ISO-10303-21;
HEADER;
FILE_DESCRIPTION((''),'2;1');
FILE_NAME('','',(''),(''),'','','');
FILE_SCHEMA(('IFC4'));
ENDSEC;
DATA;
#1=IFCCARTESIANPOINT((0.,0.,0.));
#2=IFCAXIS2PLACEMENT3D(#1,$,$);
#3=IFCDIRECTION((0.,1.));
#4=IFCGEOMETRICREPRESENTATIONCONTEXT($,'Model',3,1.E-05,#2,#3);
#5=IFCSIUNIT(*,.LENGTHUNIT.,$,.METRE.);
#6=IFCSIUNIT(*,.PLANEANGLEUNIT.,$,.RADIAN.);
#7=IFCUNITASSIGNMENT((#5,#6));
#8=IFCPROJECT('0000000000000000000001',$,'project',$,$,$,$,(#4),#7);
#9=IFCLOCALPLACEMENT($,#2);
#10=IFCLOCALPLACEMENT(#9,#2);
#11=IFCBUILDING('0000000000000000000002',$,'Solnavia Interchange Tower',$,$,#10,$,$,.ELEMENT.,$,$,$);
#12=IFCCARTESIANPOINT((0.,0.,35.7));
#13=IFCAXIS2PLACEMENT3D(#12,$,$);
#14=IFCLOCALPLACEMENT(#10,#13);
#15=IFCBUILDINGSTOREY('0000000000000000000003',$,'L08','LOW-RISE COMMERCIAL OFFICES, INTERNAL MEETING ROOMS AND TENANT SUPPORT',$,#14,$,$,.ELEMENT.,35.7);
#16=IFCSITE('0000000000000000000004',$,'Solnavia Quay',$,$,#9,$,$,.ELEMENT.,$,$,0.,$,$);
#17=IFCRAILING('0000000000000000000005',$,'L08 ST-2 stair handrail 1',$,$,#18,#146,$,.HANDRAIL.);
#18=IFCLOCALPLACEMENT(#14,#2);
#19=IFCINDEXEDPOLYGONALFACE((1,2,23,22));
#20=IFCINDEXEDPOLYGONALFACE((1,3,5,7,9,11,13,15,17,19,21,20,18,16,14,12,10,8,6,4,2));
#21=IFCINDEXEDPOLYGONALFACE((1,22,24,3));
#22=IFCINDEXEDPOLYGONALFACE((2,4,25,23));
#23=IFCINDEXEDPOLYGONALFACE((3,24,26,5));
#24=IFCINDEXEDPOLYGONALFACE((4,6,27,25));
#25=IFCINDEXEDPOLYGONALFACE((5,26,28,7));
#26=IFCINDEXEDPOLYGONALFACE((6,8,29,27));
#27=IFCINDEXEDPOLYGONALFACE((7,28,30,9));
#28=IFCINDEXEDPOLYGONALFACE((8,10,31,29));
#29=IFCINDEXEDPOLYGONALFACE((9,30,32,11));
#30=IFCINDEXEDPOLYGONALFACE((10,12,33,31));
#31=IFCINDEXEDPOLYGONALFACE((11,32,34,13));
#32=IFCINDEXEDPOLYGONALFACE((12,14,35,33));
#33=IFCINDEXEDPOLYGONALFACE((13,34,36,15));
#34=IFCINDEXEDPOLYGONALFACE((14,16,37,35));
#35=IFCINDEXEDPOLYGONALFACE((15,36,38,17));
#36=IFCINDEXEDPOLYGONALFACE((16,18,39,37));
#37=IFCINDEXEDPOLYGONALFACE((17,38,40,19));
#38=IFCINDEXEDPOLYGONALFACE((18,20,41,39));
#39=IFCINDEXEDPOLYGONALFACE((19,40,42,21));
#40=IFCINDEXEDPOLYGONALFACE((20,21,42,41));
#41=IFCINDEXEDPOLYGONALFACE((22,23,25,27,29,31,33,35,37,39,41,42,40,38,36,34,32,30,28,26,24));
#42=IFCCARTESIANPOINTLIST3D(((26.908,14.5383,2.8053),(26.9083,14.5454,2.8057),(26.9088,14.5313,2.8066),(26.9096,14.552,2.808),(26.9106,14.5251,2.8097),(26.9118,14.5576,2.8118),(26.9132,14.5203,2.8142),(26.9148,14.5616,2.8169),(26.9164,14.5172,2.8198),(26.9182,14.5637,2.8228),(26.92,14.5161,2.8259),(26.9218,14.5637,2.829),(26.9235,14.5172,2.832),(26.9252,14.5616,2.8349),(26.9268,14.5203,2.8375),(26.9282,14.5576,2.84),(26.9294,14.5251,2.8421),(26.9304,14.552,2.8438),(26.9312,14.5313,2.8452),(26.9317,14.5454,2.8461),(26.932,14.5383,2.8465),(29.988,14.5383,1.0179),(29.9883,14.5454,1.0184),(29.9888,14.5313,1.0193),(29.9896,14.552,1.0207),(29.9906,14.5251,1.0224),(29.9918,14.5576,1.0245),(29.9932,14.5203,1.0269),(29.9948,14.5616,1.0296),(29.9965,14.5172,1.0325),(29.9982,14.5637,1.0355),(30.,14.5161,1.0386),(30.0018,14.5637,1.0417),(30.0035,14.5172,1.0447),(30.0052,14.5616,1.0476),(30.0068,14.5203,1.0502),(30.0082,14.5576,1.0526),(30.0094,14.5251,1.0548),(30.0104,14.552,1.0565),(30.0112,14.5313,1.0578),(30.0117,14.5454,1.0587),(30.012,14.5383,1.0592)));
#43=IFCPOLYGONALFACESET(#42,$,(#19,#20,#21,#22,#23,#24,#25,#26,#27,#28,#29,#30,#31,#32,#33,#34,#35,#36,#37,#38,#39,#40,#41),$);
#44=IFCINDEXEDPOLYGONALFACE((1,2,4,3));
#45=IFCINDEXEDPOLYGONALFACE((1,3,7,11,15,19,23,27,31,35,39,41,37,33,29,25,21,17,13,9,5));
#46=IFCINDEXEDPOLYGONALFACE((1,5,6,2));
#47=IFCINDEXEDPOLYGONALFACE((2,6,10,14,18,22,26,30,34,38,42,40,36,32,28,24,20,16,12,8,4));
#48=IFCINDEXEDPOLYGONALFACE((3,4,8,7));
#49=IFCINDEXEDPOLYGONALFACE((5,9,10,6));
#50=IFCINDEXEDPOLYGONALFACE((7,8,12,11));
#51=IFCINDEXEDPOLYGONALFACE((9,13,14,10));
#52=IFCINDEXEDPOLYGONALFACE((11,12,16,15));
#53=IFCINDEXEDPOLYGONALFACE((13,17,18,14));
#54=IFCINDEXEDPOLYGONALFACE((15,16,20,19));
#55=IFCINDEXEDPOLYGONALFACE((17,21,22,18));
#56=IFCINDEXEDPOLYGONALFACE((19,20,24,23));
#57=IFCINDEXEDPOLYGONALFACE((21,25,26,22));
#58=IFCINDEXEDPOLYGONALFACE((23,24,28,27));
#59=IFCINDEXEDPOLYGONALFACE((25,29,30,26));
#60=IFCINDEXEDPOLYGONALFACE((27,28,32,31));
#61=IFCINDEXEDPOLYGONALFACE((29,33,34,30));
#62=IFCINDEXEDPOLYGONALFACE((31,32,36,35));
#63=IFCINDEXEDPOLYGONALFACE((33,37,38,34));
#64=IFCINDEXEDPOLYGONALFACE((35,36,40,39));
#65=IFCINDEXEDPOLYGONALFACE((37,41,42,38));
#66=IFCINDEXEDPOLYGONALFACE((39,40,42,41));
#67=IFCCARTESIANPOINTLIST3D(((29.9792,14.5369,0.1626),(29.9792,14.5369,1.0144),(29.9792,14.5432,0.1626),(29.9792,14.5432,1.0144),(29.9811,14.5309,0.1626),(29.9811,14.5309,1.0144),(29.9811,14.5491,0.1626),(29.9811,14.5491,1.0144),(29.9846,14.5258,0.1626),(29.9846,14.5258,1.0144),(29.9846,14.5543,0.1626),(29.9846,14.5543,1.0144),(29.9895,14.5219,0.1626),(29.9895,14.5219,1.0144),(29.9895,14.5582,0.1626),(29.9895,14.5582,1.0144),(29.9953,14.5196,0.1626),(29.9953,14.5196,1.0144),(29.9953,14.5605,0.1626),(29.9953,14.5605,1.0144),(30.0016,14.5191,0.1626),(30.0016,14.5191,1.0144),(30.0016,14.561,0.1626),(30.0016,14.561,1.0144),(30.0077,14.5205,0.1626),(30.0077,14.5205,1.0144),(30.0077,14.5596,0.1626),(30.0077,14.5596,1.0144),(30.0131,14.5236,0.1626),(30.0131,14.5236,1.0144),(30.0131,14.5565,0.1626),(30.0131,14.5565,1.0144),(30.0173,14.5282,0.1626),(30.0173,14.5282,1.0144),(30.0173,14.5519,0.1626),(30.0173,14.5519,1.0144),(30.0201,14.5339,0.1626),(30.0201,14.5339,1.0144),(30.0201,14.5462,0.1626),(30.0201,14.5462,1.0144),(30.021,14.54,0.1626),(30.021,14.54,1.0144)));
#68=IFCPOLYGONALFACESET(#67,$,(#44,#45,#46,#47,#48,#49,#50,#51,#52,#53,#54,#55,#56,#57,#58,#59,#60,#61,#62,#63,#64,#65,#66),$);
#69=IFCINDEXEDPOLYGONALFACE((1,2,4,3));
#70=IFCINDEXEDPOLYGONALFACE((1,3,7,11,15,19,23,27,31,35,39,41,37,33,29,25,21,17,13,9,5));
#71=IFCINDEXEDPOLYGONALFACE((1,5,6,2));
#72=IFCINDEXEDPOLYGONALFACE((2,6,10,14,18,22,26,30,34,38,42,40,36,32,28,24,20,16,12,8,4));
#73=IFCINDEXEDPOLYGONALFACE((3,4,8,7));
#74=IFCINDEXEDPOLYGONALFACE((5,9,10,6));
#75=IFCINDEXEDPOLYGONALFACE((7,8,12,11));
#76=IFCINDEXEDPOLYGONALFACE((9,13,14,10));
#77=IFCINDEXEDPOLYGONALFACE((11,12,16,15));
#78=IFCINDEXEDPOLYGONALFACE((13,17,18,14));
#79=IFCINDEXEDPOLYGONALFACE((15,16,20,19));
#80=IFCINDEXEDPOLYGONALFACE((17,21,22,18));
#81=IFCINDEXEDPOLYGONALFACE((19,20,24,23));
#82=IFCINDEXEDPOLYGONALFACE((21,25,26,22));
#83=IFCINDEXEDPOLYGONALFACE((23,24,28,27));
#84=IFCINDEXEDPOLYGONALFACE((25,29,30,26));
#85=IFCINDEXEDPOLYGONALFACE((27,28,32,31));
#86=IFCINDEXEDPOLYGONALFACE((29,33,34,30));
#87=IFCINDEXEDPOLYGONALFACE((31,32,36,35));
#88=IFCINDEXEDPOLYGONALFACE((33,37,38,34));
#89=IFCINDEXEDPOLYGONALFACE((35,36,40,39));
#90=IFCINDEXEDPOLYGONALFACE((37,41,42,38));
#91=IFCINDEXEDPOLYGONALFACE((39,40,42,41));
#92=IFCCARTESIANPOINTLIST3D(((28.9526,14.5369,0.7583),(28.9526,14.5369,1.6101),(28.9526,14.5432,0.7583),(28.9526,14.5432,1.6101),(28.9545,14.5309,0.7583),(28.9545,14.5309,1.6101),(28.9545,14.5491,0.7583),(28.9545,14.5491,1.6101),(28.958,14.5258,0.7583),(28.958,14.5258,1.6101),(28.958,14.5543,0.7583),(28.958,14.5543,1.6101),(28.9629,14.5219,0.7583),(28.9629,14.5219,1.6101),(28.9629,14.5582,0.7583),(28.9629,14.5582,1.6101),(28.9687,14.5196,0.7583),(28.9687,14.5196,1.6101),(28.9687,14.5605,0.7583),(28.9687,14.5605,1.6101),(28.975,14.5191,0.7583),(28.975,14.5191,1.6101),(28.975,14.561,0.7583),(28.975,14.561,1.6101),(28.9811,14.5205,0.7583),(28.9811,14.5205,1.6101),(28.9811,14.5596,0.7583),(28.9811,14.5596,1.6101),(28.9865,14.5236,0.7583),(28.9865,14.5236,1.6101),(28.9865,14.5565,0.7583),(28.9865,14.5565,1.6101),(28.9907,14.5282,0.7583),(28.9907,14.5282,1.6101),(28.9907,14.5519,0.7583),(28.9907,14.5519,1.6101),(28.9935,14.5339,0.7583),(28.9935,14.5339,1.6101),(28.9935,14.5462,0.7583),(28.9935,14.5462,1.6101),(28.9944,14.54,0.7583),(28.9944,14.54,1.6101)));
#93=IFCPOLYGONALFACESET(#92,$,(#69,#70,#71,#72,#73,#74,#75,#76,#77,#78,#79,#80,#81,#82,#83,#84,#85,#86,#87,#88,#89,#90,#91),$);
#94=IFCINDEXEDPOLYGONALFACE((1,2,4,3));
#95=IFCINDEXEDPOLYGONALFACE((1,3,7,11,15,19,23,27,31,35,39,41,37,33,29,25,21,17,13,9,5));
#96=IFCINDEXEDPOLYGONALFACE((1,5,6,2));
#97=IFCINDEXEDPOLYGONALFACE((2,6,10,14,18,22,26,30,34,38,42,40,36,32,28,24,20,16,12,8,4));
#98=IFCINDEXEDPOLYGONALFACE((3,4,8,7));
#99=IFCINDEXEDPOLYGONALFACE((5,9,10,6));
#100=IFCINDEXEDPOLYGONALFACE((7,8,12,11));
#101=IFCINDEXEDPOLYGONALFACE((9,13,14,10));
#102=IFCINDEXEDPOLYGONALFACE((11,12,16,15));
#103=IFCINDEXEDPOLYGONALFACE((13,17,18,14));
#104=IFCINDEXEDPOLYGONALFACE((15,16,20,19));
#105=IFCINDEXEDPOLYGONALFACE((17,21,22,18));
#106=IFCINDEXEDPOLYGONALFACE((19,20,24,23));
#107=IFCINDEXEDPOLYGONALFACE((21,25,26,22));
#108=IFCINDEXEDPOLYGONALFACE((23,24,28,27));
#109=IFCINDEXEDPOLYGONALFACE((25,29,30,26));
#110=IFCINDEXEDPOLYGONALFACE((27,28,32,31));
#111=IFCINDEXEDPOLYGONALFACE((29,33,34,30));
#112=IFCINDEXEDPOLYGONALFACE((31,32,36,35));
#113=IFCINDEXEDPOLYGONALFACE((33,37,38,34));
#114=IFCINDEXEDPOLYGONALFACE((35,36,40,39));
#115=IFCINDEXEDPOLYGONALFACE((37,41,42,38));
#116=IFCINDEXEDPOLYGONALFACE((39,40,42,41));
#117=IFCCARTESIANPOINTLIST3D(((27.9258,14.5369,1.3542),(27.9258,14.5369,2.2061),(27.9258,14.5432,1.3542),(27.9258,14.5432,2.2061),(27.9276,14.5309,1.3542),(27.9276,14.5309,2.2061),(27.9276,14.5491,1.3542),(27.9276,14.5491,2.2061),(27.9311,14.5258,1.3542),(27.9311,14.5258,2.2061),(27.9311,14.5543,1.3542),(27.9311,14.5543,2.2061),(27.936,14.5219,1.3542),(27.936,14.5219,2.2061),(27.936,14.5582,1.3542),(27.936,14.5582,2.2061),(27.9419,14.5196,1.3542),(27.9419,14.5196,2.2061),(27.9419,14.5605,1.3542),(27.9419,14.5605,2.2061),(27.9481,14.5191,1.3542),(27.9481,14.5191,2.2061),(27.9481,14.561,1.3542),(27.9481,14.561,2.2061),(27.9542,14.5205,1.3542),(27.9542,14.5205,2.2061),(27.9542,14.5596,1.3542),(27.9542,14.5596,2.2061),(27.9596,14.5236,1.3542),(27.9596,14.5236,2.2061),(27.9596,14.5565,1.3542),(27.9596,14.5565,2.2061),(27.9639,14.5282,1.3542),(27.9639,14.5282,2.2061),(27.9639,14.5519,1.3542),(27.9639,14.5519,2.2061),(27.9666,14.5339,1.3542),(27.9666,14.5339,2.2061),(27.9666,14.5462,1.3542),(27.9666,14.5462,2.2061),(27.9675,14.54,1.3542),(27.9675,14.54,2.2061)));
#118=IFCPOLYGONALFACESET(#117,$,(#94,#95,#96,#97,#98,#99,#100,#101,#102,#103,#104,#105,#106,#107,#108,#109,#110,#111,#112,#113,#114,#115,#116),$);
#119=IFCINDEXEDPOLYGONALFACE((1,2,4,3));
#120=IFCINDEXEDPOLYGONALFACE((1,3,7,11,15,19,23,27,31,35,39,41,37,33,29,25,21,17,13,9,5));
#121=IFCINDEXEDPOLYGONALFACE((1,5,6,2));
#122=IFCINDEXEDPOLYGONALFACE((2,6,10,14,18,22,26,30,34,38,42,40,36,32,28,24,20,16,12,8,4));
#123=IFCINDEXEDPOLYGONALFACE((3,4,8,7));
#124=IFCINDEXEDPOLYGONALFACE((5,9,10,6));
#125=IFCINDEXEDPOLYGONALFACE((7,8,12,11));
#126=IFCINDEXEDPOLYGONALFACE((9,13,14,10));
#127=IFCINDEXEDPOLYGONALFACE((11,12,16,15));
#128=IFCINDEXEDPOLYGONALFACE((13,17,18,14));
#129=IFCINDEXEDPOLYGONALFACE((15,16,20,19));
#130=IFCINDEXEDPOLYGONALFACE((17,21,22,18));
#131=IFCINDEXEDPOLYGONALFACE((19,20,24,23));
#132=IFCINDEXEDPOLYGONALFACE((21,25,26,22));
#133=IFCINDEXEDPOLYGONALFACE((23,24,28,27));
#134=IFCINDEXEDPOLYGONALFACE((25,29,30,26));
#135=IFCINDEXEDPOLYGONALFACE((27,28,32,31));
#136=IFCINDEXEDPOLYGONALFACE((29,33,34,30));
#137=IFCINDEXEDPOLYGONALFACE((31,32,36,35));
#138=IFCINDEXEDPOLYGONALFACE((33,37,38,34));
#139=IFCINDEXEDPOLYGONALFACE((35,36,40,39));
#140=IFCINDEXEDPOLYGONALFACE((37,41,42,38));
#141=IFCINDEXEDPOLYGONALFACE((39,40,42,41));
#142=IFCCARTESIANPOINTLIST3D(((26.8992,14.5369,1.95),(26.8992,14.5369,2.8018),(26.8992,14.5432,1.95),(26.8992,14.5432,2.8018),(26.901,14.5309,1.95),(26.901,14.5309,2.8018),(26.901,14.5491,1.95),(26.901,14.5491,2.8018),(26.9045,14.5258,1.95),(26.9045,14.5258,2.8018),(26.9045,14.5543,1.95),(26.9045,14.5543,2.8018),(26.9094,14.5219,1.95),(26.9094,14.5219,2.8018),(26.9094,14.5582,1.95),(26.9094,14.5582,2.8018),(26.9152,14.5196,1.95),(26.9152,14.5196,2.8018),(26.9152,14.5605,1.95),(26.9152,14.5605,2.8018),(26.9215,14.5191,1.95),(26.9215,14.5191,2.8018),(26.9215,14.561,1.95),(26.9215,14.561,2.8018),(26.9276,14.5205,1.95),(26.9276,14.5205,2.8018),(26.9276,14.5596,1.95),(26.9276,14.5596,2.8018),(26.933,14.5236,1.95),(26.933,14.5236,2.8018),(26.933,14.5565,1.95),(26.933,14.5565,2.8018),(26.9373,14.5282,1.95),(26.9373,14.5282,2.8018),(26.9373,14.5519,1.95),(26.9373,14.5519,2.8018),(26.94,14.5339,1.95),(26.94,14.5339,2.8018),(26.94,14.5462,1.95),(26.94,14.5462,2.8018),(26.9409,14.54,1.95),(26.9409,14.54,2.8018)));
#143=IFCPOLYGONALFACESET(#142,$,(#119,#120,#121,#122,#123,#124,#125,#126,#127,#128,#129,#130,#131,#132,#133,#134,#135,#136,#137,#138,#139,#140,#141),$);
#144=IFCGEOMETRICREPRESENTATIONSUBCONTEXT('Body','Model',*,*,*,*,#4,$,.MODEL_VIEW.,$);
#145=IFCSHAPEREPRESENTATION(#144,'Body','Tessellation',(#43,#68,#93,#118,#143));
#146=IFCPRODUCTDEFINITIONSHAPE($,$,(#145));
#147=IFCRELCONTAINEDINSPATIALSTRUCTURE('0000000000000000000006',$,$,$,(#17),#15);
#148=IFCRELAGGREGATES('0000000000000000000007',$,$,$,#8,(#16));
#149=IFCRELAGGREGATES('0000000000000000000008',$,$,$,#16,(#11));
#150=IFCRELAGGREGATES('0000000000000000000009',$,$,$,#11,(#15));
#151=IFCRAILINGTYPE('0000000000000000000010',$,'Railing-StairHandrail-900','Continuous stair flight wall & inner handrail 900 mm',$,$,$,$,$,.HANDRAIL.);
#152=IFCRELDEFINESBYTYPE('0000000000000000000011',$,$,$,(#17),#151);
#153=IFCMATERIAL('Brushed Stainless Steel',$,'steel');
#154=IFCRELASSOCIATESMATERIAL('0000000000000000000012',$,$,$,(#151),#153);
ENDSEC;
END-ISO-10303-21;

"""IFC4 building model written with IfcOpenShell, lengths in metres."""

from ifc_helpers import new_model, si_unit, direction, frame, origin, origin_2d, place, context, subcontext, project, spatial, circle, extrude, material, type_object, element, save


model = new_model("IFC4")

# Units and contexts
model_context = context("Model", 3, precision=1e-05, world=origin(), true_north=direction((0.0, 1.0)))
body_context = subcontext(model_context, "Body", "Model", "MODEL_VIEW")
ifc_project = project(units=[si_unit("LENGTHUNIT", "METRE"), si_unit("PLANEANGLEUNIT", "RADIAN")], contexts=[model_context])

# Site, building, storey
site_placement = place(None, origin())
site = spatial("IfcSite", under=ifc_project, at=site_placement, Name="Solnavia Quay", CompositionType="ELEMENT", RefElevation=0.0)
building_placement = place(site_placement, origin())
building = spatial("IfcBuilding", under=site, at=building_placement, Name="Solnavia Interchange Tower", CompositionType="ELEMENT")
storey_placement = place(building_placement, frame((0.0, 0.0, 35.7)))
storey = spatial("IfcBuildingStorey", under=building, at=storey_placement, Name="L08", Description="LOW-RISE COMMERCIAL OFFICES, INTERNAL MEETING ROOMS AND TENANT SUPPORT", CompositionType="ELEMENT", Elevation=35.7)

# Railing
ifc_material_1 = material(Name="Brushed Stainless Steel", Category="steel")
railing_type_1 = type_object("IfcRailingType", Name="Railing-StairHandrail-900", Description="Continuous stair flight wall & inner handrail 900 mm", PredefinedType="HANDRAIL", material=ifc_material_1)
railing_1_placement = place(storey_placement, frame((30.0, 14.54, 0.1626)))
element("IfcRailing", 1, at=railing_1_placement, inside=storey, type_object=railing_type_1, Name="L08 ST-2 stair handrail 1", PredefinedType="HANDRAIL", context=body_context, shape_type="SweptSolid", body=[
    extrude(circle(Radius=0.0239, at=origin_2d()), frame((0.0, 0.0, 0.876), z_axis=(-0.86492, 0.0, 0.501909), x_axis=(0.0, -1.0, 0.0)), (0.0, 0.0, 1.0), 3.561),
    extrude(circle(Radius=0.021, at=origin_2d()), origin(), (0.0, 0.0, 1.0), 0.8518),
    extrude(circle(Radius=0.021, at=origin_2d()), frame((-1.0266, 0.0, 0.5957)), (0.0, 0.0, 1.0), 0.8518),
    extrude(circle(Radius=0.021, at=origin_2d()), frame((-2.0535, 0.0, 1.1917)), (0.0, 0.0, 1.0), 0.8518),
    extrude(circle(Radius=0.021, at=origin_2d()), frame((-3.0801, 0.0, 1.7874)), (0.0, 0.0, 1.0), 0.8518),
])

save(model, "model.ifc")
